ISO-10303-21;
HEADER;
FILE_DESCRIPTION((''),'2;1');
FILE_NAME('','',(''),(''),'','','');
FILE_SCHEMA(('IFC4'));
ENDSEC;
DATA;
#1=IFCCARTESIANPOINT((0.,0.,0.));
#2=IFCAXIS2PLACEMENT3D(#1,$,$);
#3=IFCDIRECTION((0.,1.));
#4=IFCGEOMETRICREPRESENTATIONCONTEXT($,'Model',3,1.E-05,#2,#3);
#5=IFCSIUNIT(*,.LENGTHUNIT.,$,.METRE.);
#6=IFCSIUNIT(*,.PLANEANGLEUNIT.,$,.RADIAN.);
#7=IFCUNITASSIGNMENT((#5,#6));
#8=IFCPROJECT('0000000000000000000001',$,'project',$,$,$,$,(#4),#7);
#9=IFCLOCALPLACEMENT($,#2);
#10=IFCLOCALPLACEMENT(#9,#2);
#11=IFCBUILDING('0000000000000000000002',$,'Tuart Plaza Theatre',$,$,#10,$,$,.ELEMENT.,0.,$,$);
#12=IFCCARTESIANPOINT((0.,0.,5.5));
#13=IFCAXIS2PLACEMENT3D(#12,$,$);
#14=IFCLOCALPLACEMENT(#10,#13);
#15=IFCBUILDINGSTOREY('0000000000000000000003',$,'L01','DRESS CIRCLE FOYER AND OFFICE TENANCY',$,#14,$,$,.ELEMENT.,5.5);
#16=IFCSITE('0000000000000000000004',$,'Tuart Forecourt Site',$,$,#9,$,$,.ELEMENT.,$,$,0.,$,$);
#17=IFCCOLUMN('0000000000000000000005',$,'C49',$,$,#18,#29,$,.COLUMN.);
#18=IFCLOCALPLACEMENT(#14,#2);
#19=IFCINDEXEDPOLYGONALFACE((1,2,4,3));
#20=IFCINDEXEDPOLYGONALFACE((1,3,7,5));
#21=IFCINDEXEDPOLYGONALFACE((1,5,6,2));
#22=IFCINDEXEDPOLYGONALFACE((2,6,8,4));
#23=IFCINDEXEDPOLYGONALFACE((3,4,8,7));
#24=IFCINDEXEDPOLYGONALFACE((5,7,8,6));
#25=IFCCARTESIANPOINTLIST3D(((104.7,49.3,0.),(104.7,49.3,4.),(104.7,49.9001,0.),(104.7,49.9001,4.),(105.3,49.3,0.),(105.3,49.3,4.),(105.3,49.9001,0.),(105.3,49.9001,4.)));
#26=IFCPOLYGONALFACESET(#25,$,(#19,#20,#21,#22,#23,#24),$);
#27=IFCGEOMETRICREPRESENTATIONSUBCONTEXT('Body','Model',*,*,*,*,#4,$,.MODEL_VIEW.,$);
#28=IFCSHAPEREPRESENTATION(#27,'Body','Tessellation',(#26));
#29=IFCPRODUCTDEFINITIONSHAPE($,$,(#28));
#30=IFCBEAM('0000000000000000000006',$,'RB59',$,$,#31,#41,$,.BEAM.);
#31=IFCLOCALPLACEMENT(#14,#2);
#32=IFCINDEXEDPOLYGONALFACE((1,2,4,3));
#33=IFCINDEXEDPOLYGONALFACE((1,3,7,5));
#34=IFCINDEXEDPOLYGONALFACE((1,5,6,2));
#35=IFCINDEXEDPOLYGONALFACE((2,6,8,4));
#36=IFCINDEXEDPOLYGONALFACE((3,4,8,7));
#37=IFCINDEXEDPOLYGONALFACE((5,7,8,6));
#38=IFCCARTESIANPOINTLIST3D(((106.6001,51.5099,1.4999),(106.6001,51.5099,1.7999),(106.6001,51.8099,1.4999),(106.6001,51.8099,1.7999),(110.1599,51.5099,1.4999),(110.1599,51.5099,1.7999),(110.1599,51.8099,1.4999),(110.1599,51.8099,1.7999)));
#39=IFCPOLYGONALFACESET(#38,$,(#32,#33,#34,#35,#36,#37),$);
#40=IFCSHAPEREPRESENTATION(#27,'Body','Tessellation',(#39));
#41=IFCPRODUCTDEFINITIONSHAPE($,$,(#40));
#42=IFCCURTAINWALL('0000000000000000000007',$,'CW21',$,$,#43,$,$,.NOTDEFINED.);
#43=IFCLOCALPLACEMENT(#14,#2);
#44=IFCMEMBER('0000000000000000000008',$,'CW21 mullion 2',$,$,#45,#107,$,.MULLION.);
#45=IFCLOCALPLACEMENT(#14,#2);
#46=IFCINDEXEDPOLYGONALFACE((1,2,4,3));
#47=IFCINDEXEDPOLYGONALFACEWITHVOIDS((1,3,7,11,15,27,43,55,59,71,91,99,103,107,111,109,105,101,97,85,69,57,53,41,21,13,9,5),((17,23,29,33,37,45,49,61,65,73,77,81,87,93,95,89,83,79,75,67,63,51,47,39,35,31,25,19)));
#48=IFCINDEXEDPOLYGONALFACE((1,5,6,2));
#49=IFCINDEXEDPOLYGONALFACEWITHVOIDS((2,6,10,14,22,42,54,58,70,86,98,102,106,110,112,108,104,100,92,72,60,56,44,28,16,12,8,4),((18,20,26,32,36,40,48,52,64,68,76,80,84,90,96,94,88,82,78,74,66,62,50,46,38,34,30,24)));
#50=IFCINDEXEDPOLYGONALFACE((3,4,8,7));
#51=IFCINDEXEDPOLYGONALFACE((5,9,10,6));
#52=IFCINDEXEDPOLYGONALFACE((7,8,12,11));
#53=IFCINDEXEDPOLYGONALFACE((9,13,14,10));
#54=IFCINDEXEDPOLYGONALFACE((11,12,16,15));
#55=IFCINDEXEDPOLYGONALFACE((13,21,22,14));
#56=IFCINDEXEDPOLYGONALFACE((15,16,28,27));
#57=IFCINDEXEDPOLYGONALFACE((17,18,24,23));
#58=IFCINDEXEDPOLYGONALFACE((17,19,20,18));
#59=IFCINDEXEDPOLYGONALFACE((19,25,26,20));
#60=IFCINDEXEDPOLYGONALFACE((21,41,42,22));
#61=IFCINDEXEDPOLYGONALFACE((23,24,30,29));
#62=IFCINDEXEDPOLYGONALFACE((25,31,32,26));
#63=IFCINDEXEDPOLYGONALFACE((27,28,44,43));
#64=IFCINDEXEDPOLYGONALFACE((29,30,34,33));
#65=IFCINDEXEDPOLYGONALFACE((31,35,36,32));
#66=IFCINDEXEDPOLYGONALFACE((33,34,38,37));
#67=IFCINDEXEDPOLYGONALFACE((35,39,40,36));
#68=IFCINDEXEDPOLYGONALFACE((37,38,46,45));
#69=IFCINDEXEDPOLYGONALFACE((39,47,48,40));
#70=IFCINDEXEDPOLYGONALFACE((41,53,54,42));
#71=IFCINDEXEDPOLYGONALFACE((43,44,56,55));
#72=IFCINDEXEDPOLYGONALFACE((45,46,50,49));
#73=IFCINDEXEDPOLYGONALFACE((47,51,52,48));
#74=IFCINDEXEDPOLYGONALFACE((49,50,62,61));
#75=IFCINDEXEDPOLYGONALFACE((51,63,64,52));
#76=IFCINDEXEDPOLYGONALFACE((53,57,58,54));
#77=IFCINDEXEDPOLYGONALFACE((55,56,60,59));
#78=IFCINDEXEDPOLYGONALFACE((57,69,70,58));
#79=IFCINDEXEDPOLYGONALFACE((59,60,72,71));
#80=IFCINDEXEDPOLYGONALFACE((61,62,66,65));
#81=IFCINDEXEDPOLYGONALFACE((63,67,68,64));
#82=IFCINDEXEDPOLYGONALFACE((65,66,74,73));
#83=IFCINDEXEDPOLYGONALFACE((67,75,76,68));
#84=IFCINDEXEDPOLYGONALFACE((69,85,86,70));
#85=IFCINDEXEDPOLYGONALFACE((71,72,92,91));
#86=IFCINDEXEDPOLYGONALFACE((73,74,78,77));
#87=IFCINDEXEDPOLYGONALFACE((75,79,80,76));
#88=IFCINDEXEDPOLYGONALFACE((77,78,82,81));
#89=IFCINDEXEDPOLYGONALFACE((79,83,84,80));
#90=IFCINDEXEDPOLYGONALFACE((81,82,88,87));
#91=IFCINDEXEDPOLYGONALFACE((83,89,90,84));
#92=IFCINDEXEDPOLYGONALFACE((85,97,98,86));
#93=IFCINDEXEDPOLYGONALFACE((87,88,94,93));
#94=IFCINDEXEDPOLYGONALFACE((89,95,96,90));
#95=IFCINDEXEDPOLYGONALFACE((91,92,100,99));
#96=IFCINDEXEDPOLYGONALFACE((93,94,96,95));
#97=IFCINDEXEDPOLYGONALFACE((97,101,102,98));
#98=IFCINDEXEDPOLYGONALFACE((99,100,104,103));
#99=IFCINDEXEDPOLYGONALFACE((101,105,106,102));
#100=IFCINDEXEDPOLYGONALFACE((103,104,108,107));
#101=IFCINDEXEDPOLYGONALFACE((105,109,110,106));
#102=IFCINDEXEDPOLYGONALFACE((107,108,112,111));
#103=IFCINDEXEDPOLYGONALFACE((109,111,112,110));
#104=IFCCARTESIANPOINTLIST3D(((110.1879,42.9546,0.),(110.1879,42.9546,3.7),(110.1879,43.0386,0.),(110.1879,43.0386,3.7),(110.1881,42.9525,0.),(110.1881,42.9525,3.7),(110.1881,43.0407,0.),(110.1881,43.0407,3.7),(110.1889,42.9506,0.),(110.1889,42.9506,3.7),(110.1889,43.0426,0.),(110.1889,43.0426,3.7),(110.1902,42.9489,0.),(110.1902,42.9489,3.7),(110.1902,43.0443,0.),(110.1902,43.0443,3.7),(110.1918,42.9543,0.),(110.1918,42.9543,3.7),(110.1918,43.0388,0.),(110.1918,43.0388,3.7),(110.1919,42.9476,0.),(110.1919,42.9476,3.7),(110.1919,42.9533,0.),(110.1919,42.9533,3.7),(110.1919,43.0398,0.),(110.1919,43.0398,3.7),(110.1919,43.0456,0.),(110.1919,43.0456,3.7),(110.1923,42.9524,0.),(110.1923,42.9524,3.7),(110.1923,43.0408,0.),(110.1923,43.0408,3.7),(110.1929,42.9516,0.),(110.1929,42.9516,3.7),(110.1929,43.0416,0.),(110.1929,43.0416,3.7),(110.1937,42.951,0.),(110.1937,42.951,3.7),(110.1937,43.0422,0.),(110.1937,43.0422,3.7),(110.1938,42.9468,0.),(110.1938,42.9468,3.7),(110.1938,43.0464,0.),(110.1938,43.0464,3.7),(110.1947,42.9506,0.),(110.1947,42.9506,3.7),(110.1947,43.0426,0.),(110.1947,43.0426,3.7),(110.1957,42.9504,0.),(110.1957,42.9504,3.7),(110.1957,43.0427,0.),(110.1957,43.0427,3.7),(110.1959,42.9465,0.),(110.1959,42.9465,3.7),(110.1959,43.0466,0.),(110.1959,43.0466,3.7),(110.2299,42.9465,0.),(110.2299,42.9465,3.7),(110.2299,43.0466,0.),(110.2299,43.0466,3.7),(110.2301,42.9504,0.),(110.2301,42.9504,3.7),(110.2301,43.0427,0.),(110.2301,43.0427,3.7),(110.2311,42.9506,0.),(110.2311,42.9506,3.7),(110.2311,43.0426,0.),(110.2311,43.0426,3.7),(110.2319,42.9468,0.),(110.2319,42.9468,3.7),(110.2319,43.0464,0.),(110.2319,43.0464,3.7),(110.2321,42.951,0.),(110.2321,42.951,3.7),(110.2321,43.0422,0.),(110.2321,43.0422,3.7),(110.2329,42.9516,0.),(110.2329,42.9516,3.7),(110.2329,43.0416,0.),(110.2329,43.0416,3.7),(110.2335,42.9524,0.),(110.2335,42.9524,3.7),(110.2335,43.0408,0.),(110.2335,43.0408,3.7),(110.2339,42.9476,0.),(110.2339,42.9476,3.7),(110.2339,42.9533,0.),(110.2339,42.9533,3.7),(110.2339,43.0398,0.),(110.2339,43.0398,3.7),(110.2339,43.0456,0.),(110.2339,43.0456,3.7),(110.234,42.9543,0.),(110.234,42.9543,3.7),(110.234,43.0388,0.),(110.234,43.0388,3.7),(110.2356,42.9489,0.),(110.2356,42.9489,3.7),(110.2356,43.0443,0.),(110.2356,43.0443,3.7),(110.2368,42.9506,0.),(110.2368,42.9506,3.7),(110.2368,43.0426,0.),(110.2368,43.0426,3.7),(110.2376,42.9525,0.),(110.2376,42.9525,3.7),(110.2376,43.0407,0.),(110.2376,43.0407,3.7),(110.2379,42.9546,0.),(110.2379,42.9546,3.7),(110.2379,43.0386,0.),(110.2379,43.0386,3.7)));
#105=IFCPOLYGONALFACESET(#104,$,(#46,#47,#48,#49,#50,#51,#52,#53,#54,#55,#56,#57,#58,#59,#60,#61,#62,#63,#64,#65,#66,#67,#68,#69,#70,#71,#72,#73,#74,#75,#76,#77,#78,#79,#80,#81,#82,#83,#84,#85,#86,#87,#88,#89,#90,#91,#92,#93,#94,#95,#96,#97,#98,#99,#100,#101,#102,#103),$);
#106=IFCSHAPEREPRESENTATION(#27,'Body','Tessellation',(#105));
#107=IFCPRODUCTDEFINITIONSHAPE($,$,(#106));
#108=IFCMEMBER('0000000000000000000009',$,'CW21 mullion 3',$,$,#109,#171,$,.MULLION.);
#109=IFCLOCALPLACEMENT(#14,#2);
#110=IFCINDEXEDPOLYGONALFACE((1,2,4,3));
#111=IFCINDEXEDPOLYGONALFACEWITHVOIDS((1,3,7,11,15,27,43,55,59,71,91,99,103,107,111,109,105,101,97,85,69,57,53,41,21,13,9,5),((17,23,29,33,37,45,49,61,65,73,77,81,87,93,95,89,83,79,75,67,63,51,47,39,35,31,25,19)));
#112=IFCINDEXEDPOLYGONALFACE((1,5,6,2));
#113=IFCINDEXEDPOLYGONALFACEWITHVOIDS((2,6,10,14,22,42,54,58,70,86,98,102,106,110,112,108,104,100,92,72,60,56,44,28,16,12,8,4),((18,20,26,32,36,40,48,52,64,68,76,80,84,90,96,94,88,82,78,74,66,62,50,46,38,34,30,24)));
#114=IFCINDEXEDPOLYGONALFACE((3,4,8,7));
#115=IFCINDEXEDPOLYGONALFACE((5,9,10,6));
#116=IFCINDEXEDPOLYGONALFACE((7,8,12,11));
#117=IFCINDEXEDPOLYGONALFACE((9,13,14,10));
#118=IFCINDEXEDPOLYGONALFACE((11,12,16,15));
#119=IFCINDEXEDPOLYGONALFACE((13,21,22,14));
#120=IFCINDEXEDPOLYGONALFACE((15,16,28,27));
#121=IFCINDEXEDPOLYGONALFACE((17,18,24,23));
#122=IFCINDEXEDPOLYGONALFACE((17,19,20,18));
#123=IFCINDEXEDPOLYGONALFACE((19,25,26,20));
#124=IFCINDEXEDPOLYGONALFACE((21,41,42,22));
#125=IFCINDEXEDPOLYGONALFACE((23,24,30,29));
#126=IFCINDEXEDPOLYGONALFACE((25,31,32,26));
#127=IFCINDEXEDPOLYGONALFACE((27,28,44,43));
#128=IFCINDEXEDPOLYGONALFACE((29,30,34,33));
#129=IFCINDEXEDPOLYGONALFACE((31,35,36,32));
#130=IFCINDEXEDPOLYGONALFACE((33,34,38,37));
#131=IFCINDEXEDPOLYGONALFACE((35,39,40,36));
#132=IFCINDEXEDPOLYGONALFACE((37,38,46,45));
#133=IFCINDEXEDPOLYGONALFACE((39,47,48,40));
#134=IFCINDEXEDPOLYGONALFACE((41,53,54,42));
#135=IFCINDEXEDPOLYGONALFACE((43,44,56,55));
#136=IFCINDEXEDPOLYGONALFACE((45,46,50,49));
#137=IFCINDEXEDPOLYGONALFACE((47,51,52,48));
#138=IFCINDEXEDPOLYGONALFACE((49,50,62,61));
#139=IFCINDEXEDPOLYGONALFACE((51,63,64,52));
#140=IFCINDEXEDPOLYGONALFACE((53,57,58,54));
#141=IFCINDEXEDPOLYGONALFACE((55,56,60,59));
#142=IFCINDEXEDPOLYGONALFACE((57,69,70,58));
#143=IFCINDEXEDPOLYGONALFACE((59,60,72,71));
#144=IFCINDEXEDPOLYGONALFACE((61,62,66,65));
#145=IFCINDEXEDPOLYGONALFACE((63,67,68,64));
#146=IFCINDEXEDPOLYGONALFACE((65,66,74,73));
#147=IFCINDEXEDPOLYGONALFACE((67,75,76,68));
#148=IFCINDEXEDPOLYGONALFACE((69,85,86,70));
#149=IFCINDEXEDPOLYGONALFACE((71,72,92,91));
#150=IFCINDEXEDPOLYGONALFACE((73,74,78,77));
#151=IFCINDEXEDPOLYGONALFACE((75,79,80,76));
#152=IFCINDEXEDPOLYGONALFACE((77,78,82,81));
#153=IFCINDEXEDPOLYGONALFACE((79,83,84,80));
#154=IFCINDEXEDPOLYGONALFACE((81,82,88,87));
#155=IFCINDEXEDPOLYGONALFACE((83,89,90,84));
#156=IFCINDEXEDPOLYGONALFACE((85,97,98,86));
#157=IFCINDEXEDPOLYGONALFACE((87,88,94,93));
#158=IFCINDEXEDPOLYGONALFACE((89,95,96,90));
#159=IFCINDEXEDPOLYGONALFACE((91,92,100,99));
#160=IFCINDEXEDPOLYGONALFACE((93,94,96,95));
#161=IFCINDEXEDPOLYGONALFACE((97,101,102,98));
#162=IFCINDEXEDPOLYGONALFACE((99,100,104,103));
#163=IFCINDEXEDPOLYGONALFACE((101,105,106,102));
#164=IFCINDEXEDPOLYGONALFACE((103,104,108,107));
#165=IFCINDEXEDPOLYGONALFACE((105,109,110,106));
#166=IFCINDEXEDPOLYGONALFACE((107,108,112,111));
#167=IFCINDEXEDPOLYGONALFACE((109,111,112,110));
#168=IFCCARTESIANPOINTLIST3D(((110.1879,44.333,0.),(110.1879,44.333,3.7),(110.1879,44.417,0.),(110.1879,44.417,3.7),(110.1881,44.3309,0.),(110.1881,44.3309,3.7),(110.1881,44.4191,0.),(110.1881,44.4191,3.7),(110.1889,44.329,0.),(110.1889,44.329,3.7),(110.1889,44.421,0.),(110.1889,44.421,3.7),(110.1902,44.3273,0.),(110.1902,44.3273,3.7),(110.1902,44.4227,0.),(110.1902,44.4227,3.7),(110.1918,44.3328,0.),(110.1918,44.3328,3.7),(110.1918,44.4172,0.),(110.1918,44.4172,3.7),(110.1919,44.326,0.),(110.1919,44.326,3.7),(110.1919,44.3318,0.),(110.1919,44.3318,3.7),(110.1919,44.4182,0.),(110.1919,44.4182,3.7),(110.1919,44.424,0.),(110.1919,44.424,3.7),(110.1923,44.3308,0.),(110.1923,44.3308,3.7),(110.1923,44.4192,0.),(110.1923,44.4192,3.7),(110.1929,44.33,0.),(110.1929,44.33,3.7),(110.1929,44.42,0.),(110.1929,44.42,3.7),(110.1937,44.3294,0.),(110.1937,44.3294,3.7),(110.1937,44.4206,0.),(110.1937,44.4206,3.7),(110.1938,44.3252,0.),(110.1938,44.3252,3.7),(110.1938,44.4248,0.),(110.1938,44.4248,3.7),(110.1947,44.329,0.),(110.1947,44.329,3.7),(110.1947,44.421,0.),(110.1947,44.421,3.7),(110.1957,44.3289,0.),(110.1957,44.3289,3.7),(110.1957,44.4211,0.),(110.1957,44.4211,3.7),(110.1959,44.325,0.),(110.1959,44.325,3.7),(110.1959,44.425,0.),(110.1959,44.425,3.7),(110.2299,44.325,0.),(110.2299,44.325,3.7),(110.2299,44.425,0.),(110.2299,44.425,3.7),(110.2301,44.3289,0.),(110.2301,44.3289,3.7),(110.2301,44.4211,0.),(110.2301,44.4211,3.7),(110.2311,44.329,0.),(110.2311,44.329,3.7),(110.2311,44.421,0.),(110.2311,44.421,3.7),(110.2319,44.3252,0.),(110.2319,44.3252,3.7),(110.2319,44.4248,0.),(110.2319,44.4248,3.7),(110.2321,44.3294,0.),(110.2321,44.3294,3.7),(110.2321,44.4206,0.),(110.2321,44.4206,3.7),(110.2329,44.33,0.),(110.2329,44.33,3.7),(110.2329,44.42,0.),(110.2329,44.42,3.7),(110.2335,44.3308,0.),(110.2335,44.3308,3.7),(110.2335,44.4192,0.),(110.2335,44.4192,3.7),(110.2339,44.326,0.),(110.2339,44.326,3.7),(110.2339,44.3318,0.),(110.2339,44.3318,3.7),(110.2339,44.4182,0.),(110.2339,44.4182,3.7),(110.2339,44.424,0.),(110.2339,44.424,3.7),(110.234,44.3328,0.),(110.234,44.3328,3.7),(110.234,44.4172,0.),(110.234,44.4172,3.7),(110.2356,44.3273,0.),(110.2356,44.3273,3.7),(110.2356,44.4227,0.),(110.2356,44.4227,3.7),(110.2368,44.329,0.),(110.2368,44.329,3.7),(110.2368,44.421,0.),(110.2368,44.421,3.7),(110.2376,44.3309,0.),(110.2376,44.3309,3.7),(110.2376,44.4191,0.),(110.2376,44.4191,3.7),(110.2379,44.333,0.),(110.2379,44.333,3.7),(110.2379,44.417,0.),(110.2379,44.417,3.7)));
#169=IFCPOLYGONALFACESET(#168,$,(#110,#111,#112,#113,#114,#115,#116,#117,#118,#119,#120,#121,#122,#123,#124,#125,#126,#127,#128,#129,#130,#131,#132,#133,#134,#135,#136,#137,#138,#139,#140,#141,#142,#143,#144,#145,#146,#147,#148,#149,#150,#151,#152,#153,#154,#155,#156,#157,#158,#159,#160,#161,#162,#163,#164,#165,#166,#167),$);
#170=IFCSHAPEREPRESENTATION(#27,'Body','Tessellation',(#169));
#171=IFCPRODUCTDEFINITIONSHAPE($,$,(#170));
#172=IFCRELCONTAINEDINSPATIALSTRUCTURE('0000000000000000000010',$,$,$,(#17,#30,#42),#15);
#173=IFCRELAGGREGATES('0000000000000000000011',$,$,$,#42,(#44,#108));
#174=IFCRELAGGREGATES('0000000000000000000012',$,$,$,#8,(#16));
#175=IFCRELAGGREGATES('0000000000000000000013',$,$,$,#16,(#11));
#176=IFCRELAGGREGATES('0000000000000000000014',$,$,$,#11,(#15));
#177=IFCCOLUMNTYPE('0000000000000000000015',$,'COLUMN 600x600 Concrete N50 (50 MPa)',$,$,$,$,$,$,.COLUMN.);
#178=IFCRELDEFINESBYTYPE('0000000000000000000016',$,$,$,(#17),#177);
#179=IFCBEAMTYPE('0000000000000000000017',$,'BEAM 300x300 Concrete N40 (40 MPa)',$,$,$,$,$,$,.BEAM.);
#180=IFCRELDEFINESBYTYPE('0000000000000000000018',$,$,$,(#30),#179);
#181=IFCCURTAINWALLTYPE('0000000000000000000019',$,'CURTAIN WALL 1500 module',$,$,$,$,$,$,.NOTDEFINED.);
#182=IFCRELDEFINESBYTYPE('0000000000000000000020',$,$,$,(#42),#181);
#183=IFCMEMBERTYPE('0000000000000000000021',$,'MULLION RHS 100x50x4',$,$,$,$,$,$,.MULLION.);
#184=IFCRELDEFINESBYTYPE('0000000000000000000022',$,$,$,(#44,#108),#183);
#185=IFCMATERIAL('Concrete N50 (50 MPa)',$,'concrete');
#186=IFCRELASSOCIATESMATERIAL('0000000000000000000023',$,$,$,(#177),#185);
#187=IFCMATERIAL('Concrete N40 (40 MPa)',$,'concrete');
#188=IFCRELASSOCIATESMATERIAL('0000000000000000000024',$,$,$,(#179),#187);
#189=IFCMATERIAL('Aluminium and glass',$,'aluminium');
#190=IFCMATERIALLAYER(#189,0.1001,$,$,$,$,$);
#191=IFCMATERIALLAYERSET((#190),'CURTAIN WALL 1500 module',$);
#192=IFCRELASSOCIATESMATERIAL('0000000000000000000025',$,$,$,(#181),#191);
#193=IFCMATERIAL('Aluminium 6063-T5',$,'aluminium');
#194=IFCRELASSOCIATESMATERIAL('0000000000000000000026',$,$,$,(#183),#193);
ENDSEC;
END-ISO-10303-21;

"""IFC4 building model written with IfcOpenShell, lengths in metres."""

from ifc_helpers import new_model, si_unit, direction, frame, origin, origin_2d, place, context, subcontext, project, spatial, rectangle, hollow_rectangle, extrude, material, layer, layer_set, material_profile, profile_set, type_object, element, aggregate, save


model = new_model("IFC4")

# Units and contexts
model_context = context("Model", 3, precision=1e-05, world=origin(), true_north=direction((0.0, 1.0)))
body_context = subcontext(model_context, "Body", "Model", "MODEL_VIEW")
ifc_project = project(units=[si_unit("LENGTHUNIT", "METRE"), si_unit("PLANEANGLEUNIT", "RADIAN")], contexts=[model_context])

# Site, building, storey
site_placement = place(None, origin())
site = spatial("IfcSite", under=ifc_project, at=site_placement, Name="Tuart Forecourt Site", CompositionType="ELEMENT", RefElevation=0.0)
building_placement = place(site_placement, origin())
building = spatial("IfcBuilding", under=site, at=building_placement, Name="Tuart Plaza Theatre", CompositionType="ELEMENT", ElevationOfRefHeight=0.0)
storey_placement = place(building_placement, frame((0.0, 0.0, 5.5)))
storey = spatial("IfcBuildingStorey", under=building, at=storey_placement, Name="L01", Description="DRESS CIRCLE FOYER AND OFFICE TENANCY", CompositionType="ELEMENT", Elevation=5.5)

# Column
ifc_material_1 = material(Name="Concrete N50 (50 MPa)", Category="concrete")
ifc_material_profile_1 = material_profile(ifc_material_1, rectangle(XDim=0.6001, YDim=0.6001, at=origin_2d()), Name="COLUMN 600x600 Concrete N50 (50 MPa)")
ifc_profile_set_1 = profile_set([ifc_material_profile_1], Name="Concrete N50 (50 MPa)")
column_type = type_object("IfcColumnType", Name="COLUMN 600x600 Concrete N50 (50 MPa)", PredefinedType="COLUMN", material=ifc_profile_set_1)
column_placement = place(storey_placement, frame((105.0, 49.6001, 0.0), z_axis=(0.0, 0.0, 1.0), x_axis=(1.0, 0.0, 0.0)))
element("IfcColumn", 1, at=column_placement, inside=storey, type_object=column_type, Name="C49", PredefinedType="COLUMN", context=body_context, shape_type="SweptSolid", body=[
    extrude(rectangle(XDim=0.6001, YDim=0.6001, at=origin_2d()), origin(), (0.0, 0.0, 1.0), 4.0),
])

# Beam
ifc_material_2 = material(Name="Concrete N40 (40 MPa)", Category="concrete")
ifc_material_profile_2 = material_profile(ifc_material_2, rectangle(XDim=0.3, YDim=0.3, at=origin_2d()), Name="BEAM 300x300 Concrete N40 (40 MPa)")
ifc_profile_set_2 = profile_set([ifc_material_profile_2], Name="Concrete N40 (40 MPa)")
beam_type = type_object("IfcBeamType", Name="BEAM 300x300 Concrete N40 (40 MPa)", PredefinedType="BEAM", material=ifc_profile_set_2)
beam_placement = place(storey_placement, frame((110.1599, 51.6599, 1.6499), z_axis=(-1.0, 0.0, 0.0), x_axis=(0.0, -1.0, 0.0)))
element("IfcBeam", 2, at=beam_placement, inside=storey, type_object=beam_type, Name="RB59", PredefinedType="BEAM", context=body_context, shape_type="SweptSolid", body=[
    extrude(rectangle(XDim=0.3, YDim=0.3, at=origin_2d()), origin(), (0.0, 0.0, 1.0), 3.5598),
])

# Curtain wall, members
ifc_material_3 = material(Name="Aluminium and glass", Category="aluminium")
ifc_layer_1 = layer(ifc_material_3, 0.1001)
ifc_layer_set_1 = layer_set([ifc_layer_1], Name="CURTAIN WALL 1500 module")
curtain_wall_type = type_object("IfcCurtainWallType", Name="CURTAIN WALL 1500 module", PredefinedType="NOTDEFINED", material=ifc_layer_set_1)
curtain_wall_placement = place(storey_placement, origin())
curtain_wall = element("IfcCurtainWall", 3, at=curtain_wall_placement, inside=storey, type_object=curtain_wall_type, Name="CW21", PredefinedType="NOTDEFINED")
ifc_material_4 = material(Name="Aluminium 6063-T5", Category="aluminium")
ifc_material_profile_3 = material_profile(ifc_material_4, hollow_rectangle(XDim=0.05, YDim=0.1001, WallThickness=0.0039, InnerFilletRadius=0.0039, OuterFilletRadius=0.0081, at=origin_2d()), Name="RHS 100x50x4")
ifc_profile_set_3 = profile_set([ifc_material_profile_3], Name="Aluminium 6063-T5")
member_type_1 = type_object("IfcMemberType", Name="MULLION RHS 100x50x4", PredefinedType="MULLION", material=ifc_profile_set_3)
member_1_placement = place(storey_placement, frame((110.2129, 42.9966, 0.0), z_axis=(0.0, 0.0, 1.0), x_axis=(-1.0, 0.0, 0.0)))
member_1 = element("IfcMember", 4, at=member_1_placement, type_object=member_type_1, Name="CW21 mullion 2", PredefinedType="MULLION", context=body_context, shape_type="SweptSolid", body=[
    extrude(hollow_rectangle(XDim=0.05, YDim=0.1001, WallThickness=0.0039, InnerFilletRadius=0.0039, OuterFilletRadius=0.0081, at=origin_2d()), origin(), (0.0, 0.0, 1.0), 3.7),
])
member_2_placement = place(storey_placement, frame((110.2129, 44.375, 0.0), z_axis=(0.0, 0.0, 1.0), x_axis=(-1.0, 0.0, 0.0)))
member_2 = element("IfcMember", 5, at=member_2_placement, type_object=member_type_1, Name="CW21 mullion 3", PredefinedType="MULLION", context=body_context, shape_type="SweptSolid", body=[
    extrude(hollow_rectangle(XDim=0.05, YDim=0.1001, WallThickness=0.0039, InnerFilletRadius=0.0039, OuterFilletRadius=0.0081, at=origin_2d()), origin(), (0.0, 0.0, 1.0), 3.7),
])
aggregate(curtain_wall, [member_1, member_2])

save(model, "model.ifc")
